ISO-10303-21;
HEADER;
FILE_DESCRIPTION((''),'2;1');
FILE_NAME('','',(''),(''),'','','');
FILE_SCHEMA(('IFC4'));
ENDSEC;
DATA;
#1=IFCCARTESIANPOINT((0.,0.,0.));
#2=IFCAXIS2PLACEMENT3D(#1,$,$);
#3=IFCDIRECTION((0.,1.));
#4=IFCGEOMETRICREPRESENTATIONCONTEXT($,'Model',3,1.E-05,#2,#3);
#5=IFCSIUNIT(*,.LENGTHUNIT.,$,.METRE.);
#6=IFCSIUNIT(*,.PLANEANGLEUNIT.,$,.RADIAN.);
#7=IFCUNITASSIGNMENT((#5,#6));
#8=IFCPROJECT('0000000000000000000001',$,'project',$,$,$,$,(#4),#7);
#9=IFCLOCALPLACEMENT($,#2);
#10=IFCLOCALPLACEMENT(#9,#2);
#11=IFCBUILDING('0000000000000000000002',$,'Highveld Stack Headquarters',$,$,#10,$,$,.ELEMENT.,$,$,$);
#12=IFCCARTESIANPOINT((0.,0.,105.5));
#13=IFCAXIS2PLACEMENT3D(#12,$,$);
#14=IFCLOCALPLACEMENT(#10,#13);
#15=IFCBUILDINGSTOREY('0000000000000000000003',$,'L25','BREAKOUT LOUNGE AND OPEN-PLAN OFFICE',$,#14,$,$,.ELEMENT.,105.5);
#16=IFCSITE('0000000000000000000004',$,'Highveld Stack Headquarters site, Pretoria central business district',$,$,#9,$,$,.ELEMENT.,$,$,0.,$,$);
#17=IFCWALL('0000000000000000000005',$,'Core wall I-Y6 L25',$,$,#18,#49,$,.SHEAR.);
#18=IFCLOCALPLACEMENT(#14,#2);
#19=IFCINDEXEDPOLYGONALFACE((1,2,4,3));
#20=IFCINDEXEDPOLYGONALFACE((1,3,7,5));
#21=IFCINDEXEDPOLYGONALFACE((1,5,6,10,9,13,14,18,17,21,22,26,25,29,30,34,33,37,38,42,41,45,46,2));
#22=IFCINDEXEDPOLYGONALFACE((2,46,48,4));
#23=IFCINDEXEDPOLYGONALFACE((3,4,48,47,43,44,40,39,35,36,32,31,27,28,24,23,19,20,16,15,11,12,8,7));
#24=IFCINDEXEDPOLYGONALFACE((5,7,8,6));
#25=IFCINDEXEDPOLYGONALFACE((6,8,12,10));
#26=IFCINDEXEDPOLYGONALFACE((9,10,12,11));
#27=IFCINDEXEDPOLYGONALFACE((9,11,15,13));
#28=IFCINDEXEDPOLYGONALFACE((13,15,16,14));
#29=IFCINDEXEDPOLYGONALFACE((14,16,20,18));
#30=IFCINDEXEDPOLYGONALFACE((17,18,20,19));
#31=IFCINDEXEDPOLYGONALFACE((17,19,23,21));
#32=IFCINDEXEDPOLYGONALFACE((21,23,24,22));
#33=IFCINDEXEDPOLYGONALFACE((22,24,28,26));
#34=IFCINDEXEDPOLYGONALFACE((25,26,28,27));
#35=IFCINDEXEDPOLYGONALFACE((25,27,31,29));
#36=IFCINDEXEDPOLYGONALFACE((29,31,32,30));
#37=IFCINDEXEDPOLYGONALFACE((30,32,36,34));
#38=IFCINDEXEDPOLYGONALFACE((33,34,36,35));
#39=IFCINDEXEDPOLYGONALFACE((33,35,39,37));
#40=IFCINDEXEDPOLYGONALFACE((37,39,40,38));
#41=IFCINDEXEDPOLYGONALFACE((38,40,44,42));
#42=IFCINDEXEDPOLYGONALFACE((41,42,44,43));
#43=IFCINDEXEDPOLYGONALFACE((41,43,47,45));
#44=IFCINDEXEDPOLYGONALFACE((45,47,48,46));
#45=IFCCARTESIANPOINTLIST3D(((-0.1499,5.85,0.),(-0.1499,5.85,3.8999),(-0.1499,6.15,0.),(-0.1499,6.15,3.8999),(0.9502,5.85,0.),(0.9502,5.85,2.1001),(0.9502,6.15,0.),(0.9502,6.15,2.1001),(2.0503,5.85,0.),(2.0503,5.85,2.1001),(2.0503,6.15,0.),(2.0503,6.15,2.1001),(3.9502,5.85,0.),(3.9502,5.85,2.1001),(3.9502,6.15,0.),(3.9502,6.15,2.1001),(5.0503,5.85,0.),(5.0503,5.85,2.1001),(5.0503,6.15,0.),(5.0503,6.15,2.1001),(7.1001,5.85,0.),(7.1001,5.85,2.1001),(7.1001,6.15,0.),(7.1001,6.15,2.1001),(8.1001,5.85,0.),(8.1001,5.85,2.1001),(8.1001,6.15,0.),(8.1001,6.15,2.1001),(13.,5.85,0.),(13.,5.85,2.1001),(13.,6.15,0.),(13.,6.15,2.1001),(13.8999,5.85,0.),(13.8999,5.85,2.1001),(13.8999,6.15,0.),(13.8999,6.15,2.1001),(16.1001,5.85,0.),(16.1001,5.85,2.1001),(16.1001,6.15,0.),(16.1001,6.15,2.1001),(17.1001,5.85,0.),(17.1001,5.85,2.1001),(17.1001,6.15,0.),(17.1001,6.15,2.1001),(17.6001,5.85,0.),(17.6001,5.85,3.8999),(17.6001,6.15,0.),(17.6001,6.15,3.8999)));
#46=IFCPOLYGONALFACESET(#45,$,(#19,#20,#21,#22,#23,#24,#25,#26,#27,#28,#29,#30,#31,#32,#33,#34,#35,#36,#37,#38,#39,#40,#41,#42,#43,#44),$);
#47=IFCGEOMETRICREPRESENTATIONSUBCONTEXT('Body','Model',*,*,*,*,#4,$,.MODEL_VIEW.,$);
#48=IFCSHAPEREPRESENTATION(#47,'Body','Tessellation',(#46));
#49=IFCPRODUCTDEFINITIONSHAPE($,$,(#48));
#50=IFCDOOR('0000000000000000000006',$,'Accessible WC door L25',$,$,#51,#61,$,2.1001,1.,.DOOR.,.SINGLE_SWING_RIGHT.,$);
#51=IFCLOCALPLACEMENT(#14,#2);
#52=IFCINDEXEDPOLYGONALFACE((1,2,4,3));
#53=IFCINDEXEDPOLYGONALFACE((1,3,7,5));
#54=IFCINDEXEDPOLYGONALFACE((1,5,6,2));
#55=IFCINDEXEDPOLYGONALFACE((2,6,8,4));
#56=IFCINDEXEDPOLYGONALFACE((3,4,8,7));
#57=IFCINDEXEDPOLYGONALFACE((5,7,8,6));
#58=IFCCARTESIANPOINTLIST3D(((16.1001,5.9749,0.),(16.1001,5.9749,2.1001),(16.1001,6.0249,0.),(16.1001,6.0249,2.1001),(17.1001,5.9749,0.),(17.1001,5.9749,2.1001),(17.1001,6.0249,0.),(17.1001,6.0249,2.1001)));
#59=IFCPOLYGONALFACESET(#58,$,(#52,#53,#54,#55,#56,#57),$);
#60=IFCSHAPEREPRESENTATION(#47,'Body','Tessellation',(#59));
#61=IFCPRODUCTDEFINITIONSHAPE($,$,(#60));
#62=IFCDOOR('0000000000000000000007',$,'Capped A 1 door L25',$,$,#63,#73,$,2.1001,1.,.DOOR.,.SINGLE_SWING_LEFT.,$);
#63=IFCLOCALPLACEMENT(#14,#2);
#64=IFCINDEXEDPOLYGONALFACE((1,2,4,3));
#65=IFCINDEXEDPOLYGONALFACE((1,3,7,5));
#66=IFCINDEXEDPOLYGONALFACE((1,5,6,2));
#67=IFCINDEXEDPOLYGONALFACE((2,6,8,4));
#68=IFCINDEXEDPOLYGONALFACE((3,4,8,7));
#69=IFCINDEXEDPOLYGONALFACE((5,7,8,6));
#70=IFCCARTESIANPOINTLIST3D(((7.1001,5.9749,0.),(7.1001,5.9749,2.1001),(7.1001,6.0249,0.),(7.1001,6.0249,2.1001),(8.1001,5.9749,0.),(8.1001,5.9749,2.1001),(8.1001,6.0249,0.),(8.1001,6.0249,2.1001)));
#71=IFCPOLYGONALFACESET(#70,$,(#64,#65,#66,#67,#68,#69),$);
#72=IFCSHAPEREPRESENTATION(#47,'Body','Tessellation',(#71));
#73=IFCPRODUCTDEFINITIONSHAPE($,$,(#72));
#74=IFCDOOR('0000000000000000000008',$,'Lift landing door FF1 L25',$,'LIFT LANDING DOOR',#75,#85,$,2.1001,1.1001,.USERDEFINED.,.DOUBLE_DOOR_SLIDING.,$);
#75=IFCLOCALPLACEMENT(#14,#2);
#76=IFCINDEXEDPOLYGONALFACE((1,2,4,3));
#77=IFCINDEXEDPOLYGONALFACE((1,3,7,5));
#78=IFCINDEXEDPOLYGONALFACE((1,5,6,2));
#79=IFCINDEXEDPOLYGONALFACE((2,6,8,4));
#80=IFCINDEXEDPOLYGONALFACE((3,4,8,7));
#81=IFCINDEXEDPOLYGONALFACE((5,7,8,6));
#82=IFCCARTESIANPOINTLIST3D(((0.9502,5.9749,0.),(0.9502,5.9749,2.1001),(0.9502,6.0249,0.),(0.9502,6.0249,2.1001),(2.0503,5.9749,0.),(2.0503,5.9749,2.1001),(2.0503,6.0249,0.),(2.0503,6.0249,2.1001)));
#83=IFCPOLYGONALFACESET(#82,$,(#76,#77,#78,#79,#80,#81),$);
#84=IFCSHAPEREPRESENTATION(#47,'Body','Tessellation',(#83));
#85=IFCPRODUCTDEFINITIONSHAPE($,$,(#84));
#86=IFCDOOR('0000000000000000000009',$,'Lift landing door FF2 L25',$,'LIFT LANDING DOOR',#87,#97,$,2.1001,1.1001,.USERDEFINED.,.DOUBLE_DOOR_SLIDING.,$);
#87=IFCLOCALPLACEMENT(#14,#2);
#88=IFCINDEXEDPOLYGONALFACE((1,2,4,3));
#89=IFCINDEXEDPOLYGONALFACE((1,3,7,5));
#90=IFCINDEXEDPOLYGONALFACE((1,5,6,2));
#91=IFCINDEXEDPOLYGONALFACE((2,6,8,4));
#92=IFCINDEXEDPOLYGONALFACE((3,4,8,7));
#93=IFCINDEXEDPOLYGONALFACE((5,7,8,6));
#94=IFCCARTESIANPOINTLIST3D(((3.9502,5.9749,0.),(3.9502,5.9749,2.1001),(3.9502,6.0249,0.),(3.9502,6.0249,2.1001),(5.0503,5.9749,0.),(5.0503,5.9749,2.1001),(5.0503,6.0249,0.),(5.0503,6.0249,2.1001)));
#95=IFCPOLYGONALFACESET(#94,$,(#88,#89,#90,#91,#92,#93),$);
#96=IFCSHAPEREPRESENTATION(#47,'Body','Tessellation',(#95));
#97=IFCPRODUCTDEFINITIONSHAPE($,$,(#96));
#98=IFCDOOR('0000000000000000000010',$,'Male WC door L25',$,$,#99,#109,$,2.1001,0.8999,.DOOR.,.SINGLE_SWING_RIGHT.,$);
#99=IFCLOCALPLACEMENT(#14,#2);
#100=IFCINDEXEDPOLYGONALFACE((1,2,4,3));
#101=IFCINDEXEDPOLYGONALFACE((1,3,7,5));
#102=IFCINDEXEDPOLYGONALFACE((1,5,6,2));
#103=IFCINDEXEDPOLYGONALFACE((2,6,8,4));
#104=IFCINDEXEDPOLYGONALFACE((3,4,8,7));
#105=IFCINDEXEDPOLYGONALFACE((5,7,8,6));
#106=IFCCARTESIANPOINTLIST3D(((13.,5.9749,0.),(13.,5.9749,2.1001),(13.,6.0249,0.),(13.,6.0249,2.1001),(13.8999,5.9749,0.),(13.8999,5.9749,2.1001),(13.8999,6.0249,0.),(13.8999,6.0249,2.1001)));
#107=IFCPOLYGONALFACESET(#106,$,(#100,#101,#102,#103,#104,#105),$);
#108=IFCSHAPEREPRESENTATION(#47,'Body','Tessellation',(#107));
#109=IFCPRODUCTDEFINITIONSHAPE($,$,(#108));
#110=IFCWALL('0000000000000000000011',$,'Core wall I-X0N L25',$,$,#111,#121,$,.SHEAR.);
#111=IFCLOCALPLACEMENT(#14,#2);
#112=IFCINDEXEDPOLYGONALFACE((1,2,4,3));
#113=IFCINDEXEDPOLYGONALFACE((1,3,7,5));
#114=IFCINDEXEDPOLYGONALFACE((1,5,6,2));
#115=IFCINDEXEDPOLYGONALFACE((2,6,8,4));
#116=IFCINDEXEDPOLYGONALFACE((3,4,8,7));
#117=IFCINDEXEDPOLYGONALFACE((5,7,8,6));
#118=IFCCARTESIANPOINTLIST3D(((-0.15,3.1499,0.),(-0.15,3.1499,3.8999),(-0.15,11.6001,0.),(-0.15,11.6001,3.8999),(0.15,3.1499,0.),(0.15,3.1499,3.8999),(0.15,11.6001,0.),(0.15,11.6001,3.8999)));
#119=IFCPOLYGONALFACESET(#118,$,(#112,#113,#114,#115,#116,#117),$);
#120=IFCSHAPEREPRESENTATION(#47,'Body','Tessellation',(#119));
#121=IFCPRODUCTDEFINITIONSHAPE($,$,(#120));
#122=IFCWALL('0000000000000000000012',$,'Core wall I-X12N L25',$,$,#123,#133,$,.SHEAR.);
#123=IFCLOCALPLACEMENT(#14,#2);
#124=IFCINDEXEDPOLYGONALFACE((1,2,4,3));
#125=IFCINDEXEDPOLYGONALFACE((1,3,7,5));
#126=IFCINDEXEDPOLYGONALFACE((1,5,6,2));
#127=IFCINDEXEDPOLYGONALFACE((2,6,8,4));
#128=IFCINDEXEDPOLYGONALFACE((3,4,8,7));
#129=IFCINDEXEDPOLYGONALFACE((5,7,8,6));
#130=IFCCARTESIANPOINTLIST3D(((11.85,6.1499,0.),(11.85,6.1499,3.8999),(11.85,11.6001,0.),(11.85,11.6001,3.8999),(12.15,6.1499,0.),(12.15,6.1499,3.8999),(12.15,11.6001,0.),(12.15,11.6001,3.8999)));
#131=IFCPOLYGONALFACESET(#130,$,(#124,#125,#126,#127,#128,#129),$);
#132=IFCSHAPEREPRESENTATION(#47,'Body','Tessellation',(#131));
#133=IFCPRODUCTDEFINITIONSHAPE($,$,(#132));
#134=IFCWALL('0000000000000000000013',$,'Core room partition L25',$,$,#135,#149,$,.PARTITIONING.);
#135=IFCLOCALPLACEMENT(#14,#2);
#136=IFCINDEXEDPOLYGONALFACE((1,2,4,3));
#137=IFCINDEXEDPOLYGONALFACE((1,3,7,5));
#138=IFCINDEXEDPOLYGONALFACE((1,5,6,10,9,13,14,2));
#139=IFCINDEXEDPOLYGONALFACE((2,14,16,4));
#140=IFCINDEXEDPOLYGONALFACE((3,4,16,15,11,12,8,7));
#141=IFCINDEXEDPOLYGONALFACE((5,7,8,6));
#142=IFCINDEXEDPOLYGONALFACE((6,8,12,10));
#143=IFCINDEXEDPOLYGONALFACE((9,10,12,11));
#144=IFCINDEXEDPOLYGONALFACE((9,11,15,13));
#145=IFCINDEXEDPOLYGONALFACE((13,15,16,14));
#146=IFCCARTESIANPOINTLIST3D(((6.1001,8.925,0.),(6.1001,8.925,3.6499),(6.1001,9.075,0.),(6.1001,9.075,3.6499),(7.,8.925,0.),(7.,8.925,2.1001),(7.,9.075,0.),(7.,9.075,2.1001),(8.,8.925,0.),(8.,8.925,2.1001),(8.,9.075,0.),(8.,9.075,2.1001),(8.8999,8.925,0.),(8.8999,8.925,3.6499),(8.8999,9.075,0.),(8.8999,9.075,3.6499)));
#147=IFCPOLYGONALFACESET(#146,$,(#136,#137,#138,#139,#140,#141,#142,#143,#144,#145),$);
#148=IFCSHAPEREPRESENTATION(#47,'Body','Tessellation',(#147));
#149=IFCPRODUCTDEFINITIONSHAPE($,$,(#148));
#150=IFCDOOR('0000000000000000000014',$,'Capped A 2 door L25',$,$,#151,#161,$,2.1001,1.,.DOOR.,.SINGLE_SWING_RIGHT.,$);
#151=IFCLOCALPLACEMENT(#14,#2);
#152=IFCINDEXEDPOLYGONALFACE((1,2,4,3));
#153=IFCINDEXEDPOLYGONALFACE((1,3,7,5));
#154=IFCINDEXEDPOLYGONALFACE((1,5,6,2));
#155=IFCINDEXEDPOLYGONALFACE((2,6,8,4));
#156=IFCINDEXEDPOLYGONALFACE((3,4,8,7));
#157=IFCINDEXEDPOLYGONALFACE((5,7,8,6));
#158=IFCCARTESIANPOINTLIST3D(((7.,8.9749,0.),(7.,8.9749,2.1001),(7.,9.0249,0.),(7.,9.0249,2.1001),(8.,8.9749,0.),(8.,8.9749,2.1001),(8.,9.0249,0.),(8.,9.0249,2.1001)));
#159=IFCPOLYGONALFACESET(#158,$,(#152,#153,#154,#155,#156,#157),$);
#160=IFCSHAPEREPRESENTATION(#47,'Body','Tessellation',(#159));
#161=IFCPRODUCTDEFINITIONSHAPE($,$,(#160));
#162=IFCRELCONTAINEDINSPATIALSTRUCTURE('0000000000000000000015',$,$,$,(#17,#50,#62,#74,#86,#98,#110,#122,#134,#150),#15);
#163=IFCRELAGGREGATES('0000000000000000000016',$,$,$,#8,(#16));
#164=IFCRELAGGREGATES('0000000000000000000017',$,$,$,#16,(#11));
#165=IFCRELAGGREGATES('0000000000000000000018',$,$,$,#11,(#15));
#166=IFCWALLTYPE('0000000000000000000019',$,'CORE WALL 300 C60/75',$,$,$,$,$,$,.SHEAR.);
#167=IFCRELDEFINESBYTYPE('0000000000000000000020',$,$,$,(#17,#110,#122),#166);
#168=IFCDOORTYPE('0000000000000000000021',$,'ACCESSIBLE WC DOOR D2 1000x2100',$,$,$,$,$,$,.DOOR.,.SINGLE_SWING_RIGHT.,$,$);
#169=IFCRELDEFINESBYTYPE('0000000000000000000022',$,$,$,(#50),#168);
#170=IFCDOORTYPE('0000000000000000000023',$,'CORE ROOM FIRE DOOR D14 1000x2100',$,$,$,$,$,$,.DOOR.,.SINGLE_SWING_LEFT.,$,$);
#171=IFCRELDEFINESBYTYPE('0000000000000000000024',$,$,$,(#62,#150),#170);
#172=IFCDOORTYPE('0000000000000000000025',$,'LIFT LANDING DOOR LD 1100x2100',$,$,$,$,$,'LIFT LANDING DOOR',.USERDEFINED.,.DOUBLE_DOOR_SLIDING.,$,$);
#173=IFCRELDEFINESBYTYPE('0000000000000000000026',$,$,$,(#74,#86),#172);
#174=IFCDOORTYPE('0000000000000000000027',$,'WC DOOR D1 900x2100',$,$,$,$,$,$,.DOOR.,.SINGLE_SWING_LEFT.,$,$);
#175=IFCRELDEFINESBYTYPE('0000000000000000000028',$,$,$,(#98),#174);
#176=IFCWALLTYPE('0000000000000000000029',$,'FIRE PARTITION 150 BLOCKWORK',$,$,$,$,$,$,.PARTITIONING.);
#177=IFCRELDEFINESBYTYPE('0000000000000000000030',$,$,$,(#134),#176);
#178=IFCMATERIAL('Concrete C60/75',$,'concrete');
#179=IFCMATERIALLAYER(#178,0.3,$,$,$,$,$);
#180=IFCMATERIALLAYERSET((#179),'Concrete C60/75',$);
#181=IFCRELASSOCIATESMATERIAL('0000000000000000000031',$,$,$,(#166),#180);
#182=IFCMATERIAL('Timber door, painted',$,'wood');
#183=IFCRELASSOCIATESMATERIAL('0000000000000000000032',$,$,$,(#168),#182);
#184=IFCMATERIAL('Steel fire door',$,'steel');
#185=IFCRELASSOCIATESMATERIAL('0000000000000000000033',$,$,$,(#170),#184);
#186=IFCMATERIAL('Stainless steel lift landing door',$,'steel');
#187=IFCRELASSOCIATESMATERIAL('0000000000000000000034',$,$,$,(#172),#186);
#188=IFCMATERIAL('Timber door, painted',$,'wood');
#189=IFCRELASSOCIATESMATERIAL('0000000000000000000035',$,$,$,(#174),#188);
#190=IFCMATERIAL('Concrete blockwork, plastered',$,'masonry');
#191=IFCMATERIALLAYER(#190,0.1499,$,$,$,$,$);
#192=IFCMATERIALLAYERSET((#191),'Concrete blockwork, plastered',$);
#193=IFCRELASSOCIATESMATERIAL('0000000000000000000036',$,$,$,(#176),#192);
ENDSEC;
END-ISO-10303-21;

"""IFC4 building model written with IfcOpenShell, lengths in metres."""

from ifc_helpers import new_model, si_unit, direction, frame, frame_2d, origin, place, context, subcontext, project, spatial, rectangle, extrude, material, layer, layer_set, type_object, element, fill, save


model = new_model("IFC4")

# Units and contexts
model_context = context("Model", 3, precision=1e-05, world=origin(), true_north=direction((0.0, 1.0)))
body_context = subcontext(model_context, "Body", "Model", "MODEL_VIEW")
ifc_project = project(units=[si_unit("LENGTHUNIT", "METRE"), si_unit("PLANEANGLEUNIT", "RADIAN")], contexts=[model_context])

# Site, building, storey
site_placement = place(None, origin())
site = spatial("IfcSite", under=ifc_project, at=site_placement, Name="Highveld Stack Headquarters site, Pretoria central business district", CompositionType="ELEMENT", RefElevation=0.0)
building_placement = place(site_placement, origin())
building = spatial("IfcBuilding", under=site, at=building_placement, Name="Highveld Stack Headquarters", CompositionType="ELEMENT")
storey_placement = place(building_placement, frame((0.0, 0.0, 105.5)))
storey = spatial("IfcBuildingStorey", under=building, at=storey_placement, Name="L25", Description="BREAKOUT LOUNGE AND OPEN-PLAN OFFICE", CompositionType="ELEMENT", Elevation=105.5)

# Wall, openings, doors
ifc_material_1 = material(Name="Concrete C60/75", Category="concrete")
ifc_layer_1 = layer(ifc_material_1, 0.3)
ifc_layer_set_1 = layer_set([ifc_layer_1], Name="Concrete C60/75")
wall_type_1 = type_object("IfcWallType", Name="CORE WALL 300 C60/75", PredefinedType="SHEAR", material=ifc_layer_set_1)
wall_1_placement = place(storey_placement, frame((-0.1499, 6.0, 0.0), z_axis=(0.0, 0.0, 1.0), x_axis=(1.0, 0.0, 0.0)))
wall_1 = element("IfcWall", 1, at=wall_1_placement, inside=storey, type_object=wall_type_1, Name="Core wall I-Y6 L25", PredefinedType="SHEAR", context=body_context, shape_type="SweptSolid", body=[
    extrude(rectangle(XDim=17.75, YDim=0.3, at=frame_2d((8.875, 0.0))), origin(), (0.0, 0.0, 1.0), 3.8999),
])
opening_1_placement = place(wall_1_placement, frame((13.1499, 0.0, 0.0)))
opening_1 = element("IfcOpeningElement", 2, at=opening_1_placement, cuts=wall_1, PredefinedType="OPENING", context=body_context, shape_type="SweptSolid", body=[
    extrude(rectangle(XDim=0.8999, YDim=2.1001, at=frame_2d((0.45, 1.05))), frame((0.0, 0.1599, 0.0), z_axis=(0.0, -1.0, 0.0), x_axis=(1.0, 0.0, 0.0)), (0.0, 0.0, 1.0), 0.3201),
])
opening_2_placement = place(wall_1_placement, frame((16.25, 0.0, 0.0)))
opening_2 = element("IfcOpeningElement", 3, at=opening_2_placement, cuts=wall_1, PredefinedType="OPENING", context=body_context, shape_type="SweptSolid", body=[
    extrude(rectangle(XDim=1.0, YDim=2.1001, at=frame_2d((0.5, 1.05))), frame((0.0, 0.1599, 0.0), z_axis=(0.0, -1.0, 0.0), x_axis=(1.0, 0.0, 0.0)), (0.0, 0.0, 1.0), 0.3201),
])
opening_3_placement = place(wall_1_placement, frame((7.25, 0.0, 0.0)))
opening_3 = element("IfcOpeningElement", 4, at=opening_3_placement, cuts=wall_1, PredefinedType="OPENING", context=body_context, shape_type="SweptSolid", body=[
    extrude(rectangle(XDim=1.0, YDim=2.1001, at=frame_2d((0.5, 1.05))), frame((0.0, 0.1599, 0.0), z_axis=(0.0, -1.0, 0.0), x_axis=(1.0, 0.0, 0.0)), (0.0, 0.0, 1.0), 0.3201),
])
opening_4_placement = place(wall_1_placement, frame((1.1001, 0.0, 0.0)))
opening_4 = element("IfcOpeningElement", 5, at=opening_4_placement, cuts=wall_1, PredefinedType="OPENING", context=body_context, shape_type="SweptSolid", body=[
    extrude(rectangle(XDim=1.1001, YDim=2.1001, at=frame_2d((0.55, 1.05))), frame((0.0, 0.1599, 0.0), z_axis=(0.0, -1.0, 0.0), x_axis=(1.0, 0.0, 0.0)), (0.0, 0.0, 1.0), 0.3201),
])
opening_5_placement = place(wall_1_placement, frame((4.1001, 0.0, 0.0)))
opening_5 = element("IfcOpeningElement", 6, at=opening_5_placement, cuts=wall_1, PredefinedType="OPENING", context=body_context, shape_type="SweptSolid", body=[
    extrude(rectangle(XDim=1.1001, YDim=2.1001, at=frame_2d((0.55, 1.05))), frame((0.0, 0.1599, 0.0), z_axis=(0.0, -1.0, 0.0), x_axis=(1.0, 0.0, 0.0)), (0.0, 0.0, 1.0), 0.3201),
])
ifc_material_2 = material(Name="Timber door, painted", Category="wood")
door_type_1 = type_object("IfcDoorType", Name="ACCESSIBLE WC DOOR D2 1000x2100", OperationType="SINGLE_SWING_RIGHT", PredefinedType="DOOR", material=ifc_material_2)
door_1_placement = place(opening_2_placement, origin())
door_1 = element("IfcDoor", 7, at=door_1_placement, inside=storey, type_object=door_type_1, Name="Accessible WC door L25", OperationType="SINGLE_SWING_RIGHT", OverallHeight=2.1001, OverallWidth=1.0, PredefinedType="DOOR", context=body_context, shape_type="SweptSolid", body=[
    extrude(rectangle(XDim=1.0, YDim=2.1001, at=frame_2d((0.5, 1.05))), frame((0.0, 0.0249, 0.0), z_axis=(0.0, -1.0, 0.0), x_axis=(1.0, 0.0, 0.0)), (0.0, 0.0, 1.0), 0.05),
])
fill(opening_2, door_1)
ifc_material_3 = material(Name="Steel fire door", Category="steel")
door_type_2 = type_object("IfcDoorType", Name="CORE ROOM FIRE DOOR D14 1000x2100", OperationType="SINGLE_SWING_LEFT", PredefinedType="DOOR", material=ifc_material_3)
door_2_placement = place(opening_3_placement, origin())
door_2 = element("IfcDoor", 8, at=door_2_placement, inside=storey, type_object=door_type_2, Name="Capped A 1 door L25", OperationType="SINGLE_SWING_LEFT", OverallHeight=2.1001, OverallWidth=1.0, PredefinedType="DOOR", context=body_context, shape_type="SweptSolid", body=[
    extrude(rectangle(XDim=1.0, YDim=2.1001, at=frame_2d((0.5, 1.05))), frame((0.0, 0.0249, 0.0), z_axis=(0.0, -1.0, 0.0), x_axis=(1.0, 0.0, 0.0)), (0.0, 0.0, 1.0), 0.05),
])
fill(opening_3, door_2)
ifc_material_4 = material(Name="Stainless steel lift landing door", Category="steel")
door_type_3 = type_object("IfcDoorType", Name="LIFT LANDING DOOR LD 1100x2100", ElementType="LIFT LANDING DOOR", OperationType="DOUBLE_DOOR_SLIDING", PredefinedType="USERDEFINED", material=ifc_material_4)
door_3_placement = place(opening_4_placement, origin())
door_3 = element("IfcDoor", 9, at=door_3_placement, inside=storey, type_object=door_type_3, Name="Lift landing door FF1 L25", ObjectType="LIFT LANDING DOOR", OperationType="DOUBLE_DOOR_SLIDING", OverallHeight=2.1001, OverallWidth=1.1001, PredefinedType="USERDEFINED", context=body_context, shape_type="SweptSolid", body=[
    extrude(rectangle(XDim=1.1001, YDim=2.1001, at=frame_2d((0.55, 1.05))), frame((0.0, 0.0249, 0.0), z_axis=(0.0, -1.0, 0.0), x_axis=(1.0, 0.0, 0.0)), (0.0, 0.0, 1.0), 0.05),
])
fill(opening_4, door_3)
door_4_placement = place(opening_5_placement, origin())
door_4 = element("IfcDoor", 10, at=door_4_placement, inside=storey, type_object=door_type_3, Name="Lift landing door FF2 L25", ObjectType="LIFT LANDING DOOR", OperationType="DOUBLE_DOOR_SLIDING", OverallHeight=2.1001, OverallWidth=1.1001, PredefinedType="USERDEFINED", context=body_context, shape_type="SweptSolid", body=[
    extrude(rectangle(XDim=1.1001, YDim=2.1001, at=frame_2d((0.55, 1.05))), frame((0.0, 0.0249, 0.0), z_axis=(0.0, -1.0, 0.0), x_axis=(1.0, 0.0, 0.0)), (0.0, 0.0, 1.0), 0.05),
])
fill(opening_5, door_4)
ifc_material_5 = material(Name="Timber door, painted", Category="wood")
door_type_4 = type_object("IfcDoorType", Name="WC DOOR D1 900x2100", OperationType="SINGLE_SWING_LEFT", PredefinedType="DOOR", material=ifc_material_5)
door_5_placement = place(opening_1_placement, origin())
door_5 = element("IfcDoor", 11, at=door_5_placement, inside=storey, type_object=door_type_4, Name="Male WC door L25", OperationType="SINGLE_SWING_RIGHT", OverallHeight=2.1001, OverallWidth=0.8999, PredefinedType="DOOR", context=body_context, shape_type="SweptSolid", body=[
    extrude(rectangle(XDim=0.8999, YDim=2.1001, at=frame_2d((0.45, 1.05))), frame((0.0, 0.0249, 0.0), z_axis=(0.0, -1.0, 0.0), x_axis=(1.0, 0.0, 0.0)), (0.0, 0.0, 1.0), 0.05),
])
fill(opening_1, door_5)

# Walls
wall_2_placement = place(storey_placement, frame((0.0, 3.1499, 0.0), z_axis=(0.0, 0.0, 1.0), x_axis=(0.0, 1.0, 0.0)))
element("IfcWall", 12, at=wall_2_placement, inside=storey, type_object=wall_type_1, Name="Core wall I-X0N L25", PredefinedType="SHEAR", context=body_context, shape_type="SweptSolid", body=[
    extrude(rectangle(XDim=8.4502, YDim=0.3, at=frame_2d((4.2251, 0.0))), origin(), (0.0, 0.0, 1.0), 3.8999),
])
wall_3_placement = place(storey_placement, frame((12.0, 6.1499, 0.0), z_axis=(0.0, 0.0, 1.0), x_axis=(0.0, 1.0, 0.0)))
element("IfcWall", 13, at=wall_3_placement, inside=storey, type_object=wall_type_1, Name="Core wall I-X12N L25", PredefinedType="SHEAR", context=body_context, shape_type="SweptSolid", body=[
    extrude(rectangle(XDim=5.4502, YDim=0.3, at=frame_2d((2.7251, 0.0))), origin(), (0.0, 0.0, 1.0), 3.8999),
])

# Wall, opening, door
ifc_material_6 = material(Name="Concrete blockwork, plastered", Category="masonry")
ifc_layer_2 = layer(ifc_material_6, 0.1499)
ifc_layer_set_2 = layer_set([ifc_layer_2], Name="Concrete blockwork, plastered")
wall_type_2 = type_object("IfcWallType", Name="FIRE PARTITION 150 BLOCKWORK", PredefinedType="PARTITIONING", material=ifc_layer_set_2)
wall_4_placement = place(storey_placement, frame((6.1001, 9.0, 0.0), z_axis=(0.0, 0.0, 1.0), x_axis=(1.0, 0.0, 0.0)))
wall_4 = element("IfcWall", 14, at=wall_4_placement, inside=storey, type_object=wall_type_2, Name="Core room partition L25", PredefinedType="PARTITIONING", context=body_context, shape_type="SweptSolid", body=[
    extrude(rectangle(XDim=2.7998, YDim=0.1499, at=frame_2d((1.3999, 0.0))), origin(), (0.0, 0.0, 1.0), 3.6499),
])
opening_6_placement = place(wall_4_placement, frame((0.8999, 0.0, 0.0)))
opening_6 = element("IfcOpeningElement", 15, at=opening_6_placement, cuts=wall_4, PredefinedType="OPENING", context=body_context, shape_type="SweptSolid", body=[
    extrude(rectangle(XDim=1.0, YDim=2.1001, at=frame_2d((0.5, 1.05))), frame((0.0, 0.085, 0.0), z_axis=(0.0, -1.0, 0.0), x_axis=(1.0, 0.0, 0.0)), (0.0, 0.0, 1.0), 0.1699),
])
door_6_placement = place(opening_6_placement, origin())
door_6 = element("IfcDoor", 16, at=door_6_placement, inside=storey, type_object=door_type_2, Name="Capped A 2 door L25", OperationType="SINGLE_SWING_RIGHT", OverallHeight=2.1001, OverallWidth=1.0, PredefinedType="DOOR", context=body_context, shape_type="SweptSolid", body=[
    extrude(rectangle(XDim=1.0, YDim=2.1001, at=frame_2d((0.5, 1.05))), frame((0.0, 0.0249, 0.0), z_axis=(0.0, -1.0, 0.0), x_axis=(1.0, 0.0, 0.0)), (0.0, 0.0, 1.0), 0.05),
])
fill(opening_6, door_6)

save(model, "model.ifc")
